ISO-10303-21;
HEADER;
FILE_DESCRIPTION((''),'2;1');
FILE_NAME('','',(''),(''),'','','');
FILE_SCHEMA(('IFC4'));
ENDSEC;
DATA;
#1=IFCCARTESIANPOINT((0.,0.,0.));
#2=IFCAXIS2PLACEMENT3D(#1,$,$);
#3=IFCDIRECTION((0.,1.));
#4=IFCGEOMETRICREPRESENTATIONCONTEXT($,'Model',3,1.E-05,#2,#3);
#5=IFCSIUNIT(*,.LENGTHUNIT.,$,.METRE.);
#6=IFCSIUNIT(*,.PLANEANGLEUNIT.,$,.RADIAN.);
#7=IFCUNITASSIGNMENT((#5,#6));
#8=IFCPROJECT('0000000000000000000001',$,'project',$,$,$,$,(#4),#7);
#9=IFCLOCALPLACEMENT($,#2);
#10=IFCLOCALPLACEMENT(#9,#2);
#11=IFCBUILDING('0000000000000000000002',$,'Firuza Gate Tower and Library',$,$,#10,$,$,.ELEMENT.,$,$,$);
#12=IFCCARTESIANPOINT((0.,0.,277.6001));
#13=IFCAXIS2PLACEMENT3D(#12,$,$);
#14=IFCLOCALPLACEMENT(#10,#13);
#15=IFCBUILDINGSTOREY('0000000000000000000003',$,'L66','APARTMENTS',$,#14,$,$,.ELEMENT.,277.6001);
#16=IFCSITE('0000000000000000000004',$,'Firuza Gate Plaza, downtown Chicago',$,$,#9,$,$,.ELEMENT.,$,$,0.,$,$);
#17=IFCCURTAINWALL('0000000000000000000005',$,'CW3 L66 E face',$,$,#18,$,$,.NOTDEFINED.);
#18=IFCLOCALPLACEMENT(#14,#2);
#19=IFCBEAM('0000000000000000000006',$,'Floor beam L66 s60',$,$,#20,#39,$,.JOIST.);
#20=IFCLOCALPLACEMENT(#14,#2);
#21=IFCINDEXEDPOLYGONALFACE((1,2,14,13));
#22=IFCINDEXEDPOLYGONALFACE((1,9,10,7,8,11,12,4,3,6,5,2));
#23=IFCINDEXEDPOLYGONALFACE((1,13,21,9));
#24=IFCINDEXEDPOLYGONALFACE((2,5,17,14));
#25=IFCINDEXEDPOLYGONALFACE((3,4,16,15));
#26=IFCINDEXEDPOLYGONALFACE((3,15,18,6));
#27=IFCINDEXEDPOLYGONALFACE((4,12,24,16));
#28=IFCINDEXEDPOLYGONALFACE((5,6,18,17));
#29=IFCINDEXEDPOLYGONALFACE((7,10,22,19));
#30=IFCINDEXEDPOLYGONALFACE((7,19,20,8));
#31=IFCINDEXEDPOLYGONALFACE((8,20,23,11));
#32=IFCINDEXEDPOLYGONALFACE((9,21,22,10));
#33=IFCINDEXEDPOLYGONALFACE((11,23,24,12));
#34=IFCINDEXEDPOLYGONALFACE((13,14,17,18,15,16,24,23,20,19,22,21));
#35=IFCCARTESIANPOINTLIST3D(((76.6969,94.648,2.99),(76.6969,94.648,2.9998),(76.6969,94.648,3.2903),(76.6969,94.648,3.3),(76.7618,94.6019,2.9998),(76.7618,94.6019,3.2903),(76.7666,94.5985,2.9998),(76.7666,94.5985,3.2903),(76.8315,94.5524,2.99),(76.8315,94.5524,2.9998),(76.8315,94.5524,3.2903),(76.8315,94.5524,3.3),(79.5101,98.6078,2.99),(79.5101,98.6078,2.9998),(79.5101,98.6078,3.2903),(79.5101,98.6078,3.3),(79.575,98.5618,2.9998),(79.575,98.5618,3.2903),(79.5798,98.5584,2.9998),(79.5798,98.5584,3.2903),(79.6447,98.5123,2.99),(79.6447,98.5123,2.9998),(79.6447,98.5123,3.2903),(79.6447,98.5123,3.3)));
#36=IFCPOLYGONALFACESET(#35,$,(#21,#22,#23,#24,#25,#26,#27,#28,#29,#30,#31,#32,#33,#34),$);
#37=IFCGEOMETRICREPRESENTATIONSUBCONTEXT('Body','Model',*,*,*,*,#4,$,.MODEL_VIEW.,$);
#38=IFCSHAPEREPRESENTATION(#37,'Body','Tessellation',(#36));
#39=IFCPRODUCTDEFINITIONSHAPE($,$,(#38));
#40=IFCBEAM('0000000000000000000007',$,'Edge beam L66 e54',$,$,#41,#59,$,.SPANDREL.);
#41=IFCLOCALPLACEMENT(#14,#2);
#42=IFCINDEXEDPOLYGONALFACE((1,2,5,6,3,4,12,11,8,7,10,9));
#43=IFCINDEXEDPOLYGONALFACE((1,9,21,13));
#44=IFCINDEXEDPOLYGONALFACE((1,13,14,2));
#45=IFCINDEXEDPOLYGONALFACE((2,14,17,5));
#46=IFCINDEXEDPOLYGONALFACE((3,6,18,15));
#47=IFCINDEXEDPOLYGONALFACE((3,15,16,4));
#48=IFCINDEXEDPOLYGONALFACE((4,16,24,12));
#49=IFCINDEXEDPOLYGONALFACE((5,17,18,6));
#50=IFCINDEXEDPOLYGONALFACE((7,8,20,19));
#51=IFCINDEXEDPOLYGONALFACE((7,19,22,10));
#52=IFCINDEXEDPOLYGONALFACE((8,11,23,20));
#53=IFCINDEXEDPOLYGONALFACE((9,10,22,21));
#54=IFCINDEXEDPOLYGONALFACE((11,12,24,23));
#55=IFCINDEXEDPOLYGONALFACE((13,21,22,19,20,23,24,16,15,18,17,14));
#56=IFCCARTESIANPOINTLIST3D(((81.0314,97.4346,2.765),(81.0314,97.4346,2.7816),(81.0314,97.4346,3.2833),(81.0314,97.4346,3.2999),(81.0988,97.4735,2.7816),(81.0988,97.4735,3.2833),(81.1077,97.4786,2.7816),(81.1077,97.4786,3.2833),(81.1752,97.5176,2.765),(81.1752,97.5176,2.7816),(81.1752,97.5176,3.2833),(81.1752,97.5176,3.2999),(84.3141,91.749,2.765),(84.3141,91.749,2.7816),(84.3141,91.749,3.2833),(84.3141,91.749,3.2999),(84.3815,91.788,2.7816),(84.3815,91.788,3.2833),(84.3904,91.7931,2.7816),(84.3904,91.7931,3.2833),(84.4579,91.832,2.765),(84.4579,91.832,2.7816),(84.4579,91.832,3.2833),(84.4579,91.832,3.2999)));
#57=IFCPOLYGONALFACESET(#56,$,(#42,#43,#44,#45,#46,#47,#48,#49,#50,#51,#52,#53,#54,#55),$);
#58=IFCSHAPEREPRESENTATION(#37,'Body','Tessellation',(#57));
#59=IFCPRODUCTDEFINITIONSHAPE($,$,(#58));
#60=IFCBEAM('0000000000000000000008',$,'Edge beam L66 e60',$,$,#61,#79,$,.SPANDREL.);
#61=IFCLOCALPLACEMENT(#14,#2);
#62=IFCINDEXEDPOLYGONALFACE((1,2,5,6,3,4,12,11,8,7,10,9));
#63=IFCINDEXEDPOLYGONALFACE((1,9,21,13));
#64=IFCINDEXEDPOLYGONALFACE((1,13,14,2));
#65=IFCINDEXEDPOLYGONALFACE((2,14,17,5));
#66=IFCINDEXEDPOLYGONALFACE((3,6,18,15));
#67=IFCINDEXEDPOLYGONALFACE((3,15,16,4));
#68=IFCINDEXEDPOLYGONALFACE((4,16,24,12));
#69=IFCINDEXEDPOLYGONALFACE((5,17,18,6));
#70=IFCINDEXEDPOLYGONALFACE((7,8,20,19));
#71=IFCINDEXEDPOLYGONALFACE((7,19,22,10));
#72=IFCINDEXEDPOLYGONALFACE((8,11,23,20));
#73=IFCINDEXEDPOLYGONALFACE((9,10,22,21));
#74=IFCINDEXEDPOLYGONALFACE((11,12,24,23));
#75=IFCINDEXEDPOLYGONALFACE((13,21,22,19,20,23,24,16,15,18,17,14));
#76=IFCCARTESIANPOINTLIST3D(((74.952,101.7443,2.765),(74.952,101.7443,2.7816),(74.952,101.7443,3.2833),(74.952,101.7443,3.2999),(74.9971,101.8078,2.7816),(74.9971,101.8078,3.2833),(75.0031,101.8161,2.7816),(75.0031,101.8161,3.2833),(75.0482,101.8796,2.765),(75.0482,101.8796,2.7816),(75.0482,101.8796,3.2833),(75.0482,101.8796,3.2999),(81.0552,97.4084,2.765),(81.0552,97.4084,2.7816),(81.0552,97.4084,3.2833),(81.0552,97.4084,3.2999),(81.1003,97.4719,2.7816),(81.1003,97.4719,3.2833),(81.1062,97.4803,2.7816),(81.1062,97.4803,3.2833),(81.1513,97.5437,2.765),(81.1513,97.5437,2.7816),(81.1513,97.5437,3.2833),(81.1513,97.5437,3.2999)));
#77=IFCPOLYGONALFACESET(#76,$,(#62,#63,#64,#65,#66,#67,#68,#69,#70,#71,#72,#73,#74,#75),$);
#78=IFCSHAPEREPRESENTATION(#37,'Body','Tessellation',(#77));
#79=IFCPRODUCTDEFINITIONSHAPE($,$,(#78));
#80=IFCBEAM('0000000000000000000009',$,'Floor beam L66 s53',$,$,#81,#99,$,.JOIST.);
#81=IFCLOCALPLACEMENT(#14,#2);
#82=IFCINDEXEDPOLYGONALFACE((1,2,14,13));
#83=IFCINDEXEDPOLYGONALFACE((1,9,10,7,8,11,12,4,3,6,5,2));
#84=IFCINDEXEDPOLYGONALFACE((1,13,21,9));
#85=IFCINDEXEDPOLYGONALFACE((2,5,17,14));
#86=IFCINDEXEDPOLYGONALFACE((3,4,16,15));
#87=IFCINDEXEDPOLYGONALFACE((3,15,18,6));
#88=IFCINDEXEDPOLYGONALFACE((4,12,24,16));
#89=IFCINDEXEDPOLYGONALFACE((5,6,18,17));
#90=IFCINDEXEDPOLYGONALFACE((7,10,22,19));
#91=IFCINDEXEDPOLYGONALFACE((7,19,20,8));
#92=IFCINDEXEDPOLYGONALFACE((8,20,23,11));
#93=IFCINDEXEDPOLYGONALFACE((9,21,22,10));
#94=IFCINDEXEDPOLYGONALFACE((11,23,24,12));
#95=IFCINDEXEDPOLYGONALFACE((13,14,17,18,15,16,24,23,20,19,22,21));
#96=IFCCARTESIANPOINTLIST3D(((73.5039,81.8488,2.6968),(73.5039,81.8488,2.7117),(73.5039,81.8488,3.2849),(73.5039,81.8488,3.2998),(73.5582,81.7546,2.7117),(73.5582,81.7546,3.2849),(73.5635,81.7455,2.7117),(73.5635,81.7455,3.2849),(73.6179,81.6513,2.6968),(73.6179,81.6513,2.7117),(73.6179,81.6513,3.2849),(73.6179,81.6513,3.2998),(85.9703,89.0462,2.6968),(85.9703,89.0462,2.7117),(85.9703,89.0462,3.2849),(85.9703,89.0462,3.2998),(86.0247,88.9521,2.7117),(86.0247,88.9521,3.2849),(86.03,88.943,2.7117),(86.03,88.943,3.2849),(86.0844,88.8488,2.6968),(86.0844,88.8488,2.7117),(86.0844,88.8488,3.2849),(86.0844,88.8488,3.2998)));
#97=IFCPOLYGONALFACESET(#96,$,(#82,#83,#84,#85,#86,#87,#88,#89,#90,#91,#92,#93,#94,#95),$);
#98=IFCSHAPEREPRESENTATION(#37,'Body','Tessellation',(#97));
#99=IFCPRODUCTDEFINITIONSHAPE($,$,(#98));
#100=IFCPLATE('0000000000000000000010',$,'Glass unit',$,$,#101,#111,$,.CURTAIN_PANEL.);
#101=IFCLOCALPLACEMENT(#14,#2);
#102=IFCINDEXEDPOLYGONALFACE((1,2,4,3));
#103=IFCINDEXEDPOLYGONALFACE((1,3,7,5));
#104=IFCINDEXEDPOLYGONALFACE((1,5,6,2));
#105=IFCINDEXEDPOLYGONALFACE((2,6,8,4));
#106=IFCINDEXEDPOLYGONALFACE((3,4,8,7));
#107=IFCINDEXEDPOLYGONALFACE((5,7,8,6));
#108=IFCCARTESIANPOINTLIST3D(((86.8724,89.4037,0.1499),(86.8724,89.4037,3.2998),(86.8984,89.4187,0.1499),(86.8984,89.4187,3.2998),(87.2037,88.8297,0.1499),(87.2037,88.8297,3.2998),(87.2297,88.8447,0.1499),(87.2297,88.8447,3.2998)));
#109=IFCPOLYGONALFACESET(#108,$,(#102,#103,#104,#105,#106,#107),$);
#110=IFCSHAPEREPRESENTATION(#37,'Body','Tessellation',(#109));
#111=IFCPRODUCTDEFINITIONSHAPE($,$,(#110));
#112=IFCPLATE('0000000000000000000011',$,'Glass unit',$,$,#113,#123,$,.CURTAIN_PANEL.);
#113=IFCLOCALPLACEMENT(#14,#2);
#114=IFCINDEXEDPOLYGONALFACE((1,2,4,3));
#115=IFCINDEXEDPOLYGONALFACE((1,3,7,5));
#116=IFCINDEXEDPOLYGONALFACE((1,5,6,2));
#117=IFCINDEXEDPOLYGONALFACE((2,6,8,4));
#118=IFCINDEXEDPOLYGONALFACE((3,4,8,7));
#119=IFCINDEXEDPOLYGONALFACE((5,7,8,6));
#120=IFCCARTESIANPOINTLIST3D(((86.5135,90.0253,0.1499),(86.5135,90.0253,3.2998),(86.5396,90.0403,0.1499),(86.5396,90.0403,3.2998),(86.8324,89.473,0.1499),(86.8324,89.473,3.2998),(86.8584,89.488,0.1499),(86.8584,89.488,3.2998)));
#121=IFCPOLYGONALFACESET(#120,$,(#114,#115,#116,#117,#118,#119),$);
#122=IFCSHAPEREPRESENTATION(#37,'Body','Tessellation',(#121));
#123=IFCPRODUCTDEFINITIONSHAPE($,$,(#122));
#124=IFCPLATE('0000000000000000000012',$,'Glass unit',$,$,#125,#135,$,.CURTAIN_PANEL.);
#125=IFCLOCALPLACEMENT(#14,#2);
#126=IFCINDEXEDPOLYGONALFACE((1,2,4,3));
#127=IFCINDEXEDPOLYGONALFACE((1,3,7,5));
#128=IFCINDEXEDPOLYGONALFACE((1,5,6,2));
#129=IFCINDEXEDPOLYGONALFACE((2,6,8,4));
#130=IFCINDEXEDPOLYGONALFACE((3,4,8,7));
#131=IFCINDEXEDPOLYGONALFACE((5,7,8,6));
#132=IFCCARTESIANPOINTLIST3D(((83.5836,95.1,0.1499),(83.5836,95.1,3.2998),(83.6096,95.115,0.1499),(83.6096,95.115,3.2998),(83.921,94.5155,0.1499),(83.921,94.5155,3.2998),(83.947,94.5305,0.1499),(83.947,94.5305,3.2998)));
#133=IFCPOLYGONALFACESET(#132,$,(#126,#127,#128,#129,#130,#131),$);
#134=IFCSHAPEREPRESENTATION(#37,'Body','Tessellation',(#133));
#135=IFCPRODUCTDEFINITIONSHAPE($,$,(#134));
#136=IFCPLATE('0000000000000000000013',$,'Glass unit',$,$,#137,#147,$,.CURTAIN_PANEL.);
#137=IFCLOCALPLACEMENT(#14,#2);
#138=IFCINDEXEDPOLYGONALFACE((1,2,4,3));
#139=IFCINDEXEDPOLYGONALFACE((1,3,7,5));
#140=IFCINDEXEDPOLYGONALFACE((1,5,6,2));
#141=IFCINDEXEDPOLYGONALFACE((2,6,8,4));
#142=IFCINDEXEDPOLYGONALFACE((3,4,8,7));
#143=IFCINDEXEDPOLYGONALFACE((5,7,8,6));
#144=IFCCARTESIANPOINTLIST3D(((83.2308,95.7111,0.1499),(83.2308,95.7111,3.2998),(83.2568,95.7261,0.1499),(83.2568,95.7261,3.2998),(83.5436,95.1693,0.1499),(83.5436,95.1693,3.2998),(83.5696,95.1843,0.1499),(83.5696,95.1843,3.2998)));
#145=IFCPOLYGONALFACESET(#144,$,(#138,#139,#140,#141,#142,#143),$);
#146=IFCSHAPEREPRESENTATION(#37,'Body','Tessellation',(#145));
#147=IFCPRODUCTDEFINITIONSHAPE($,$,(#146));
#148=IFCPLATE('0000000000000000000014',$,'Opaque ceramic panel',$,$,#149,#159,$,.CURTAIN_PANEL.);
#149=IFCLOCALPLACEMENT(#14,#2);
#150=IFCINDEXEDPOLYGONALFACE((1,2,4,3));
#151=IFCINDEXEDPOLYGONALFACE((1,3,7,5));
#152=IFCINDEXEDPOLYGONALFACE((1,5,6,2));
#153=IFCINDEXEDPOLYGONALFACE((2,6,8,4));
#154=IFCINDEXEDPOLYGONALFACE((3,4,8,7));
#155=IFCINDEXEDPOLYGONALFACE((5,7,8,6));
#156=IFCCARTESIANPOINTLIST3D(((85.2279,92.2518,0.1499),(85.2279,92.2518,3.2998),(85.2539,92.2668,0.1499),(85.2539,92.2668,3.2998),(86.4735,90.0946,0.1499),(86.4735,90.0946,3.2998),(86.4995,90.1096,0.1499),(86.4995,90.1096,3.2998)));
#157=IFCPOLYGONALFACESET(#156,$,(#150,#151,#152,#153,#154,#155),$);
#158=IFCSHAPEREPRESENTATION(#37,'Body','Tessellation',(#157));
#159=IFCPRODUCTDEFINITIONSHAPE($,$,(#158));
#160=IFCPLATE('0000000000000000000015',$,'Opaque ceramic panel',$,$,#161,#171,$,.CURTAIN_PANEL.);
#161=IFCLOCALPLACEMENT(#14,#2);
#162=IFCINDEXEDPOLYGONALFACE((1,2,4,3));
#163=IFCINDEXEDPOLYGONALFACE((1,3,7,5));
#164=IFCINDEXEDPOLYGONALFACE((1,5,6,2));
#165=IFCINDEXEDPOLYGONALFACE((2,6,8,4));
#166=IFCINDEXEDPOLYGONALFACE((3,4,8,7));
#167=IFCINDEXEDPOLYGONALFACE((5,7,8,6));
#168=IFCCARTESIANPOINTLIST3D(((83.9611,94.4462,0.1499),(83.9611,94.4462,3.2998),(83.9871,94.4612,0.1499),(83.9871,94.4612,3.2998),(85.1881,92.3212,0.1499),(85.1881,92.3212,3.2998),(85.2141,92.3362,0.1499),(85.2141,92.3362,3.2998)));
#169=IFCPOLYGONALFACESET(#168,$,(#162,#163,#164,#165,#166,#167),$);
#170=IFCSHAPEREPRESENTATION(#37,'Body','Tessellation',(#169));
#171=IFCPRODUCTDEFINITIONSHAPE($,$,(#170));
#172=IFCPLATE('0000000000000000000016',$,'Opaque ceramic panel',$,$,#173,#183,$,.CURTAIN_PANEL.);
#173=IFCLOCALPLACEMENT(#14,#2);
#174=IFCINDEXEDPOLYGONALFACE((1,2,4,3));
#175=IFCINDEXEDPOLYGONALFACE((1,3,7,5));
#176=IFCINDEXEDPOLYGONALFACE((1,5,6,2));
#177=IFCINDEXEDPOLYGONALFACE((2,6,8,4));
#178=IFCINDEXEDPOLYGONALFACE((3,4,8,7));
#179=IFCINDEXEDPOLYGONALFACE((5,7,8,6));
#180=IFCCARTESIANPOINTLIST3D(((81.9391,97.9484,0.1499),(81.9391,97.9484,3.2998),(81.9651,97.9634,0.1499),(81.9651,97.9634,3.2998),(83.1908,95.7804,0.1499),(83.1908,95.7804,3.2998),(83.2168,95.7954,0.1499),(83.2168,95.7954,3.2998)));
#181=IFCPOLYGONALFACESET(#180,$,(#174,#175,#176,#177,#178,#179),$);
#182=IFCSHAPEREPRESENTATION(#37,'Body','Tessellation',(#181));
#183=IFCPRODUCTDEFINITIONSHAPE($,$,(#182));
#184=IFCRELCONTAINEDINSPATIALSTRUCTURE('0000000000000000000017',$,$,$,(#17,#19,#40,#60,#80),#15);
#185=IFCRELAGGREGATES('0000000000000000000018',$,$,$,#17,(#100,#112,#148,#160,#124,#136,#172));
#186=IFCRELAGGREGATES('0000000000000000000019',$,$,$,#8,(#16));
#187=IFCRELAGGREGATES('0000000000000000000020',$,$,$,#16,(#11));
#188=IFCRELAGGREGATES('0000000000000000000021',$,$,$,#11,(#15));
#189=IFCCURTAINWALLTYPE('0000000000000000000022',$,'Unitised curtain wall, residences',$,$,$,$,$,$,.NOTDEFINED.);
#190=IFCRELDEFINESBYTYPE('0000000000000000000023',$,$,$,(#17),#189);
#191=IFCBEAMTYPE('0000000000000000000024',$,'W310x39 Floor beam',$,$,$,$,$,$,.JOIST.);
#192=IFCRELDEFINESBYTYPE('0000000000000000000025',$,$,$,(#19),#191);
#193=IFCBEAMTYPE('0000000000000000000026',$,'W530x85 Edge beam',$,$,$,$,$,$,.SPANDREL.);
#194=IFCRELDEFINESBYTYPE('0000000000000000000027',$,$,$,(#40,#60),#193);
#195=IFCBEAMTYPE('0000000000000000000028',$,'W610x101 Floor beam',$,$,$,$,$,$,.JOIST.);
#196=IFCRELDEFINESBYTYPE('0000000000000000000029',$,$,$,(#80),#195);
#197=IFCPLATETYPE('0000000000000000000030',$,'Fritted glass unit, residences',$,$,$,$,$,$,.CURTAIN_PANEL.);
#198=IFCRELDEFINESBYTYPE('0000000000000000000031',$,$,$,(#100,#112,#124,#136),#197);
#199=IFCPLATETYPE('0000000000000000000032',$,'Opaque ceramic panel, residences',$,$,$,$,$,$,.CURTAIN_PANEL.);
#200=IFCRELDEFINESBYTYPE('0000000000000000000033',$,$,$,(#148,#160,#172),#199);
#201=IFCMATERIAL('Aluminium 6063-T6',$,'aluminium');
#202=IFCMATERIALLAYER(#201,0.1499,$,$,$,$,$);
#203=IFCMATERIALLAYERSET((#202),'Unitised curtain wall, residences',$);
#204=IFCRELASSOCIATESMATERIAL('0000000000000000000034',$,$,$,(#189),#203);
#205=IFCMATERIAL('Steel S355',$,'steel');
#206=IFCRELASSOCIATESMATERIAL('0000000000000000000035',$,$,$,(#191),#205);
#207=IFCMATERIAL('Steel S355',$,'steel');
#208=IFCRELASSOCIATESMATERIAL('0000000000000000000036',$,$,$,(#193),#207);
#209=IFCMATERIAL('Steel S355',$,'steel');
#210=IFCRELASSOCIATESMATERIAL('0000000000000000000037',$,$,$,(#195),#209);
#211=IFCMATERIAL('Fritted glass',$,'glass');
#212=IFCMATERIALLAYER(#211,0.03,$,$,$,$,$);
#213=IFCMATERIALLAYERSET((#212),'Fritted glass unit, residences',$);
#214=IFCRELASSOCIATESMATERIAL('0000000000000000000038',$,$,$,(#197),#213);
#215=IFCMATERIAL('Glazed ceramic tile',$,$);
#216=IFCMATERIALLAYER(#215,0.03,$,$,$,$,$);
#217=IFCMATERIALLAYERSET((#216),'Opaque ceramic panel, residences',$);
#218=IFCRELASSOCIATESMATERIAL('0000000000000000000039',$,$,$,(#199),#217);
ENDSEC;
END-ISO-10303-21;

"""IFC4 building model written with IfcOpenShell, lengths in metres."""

from ifc_helpers import new_model, si_unit, direction, frame, origin, origin_2d, place, context, subcontext, project, spatial, polyline, i_section, outline, extrude, material, layer, layer_set, material_profile, profile_set, type_object, element, aggregate, save


model = new_model("IFC4")

# Units and contexts
model_context = context("Model", 3, precision=1e-05, world=origin(), true_north=direction((0.0, 1.0)))
body_context = subcontext(model_context, "Body", "Model", "MODEL_VIEW")
ifc_project = project(units=[si_unit("LENGTHUNIT", "METRE"), si_unit("PLANEANGLEUNIT", "RADIAN")], contexts=[model_context])

# Site, building, storey
site_placement = place(None, origin())
site = spatial("IfcSite", under=ifc_project, at=site_placement, Name="Firuza Gate Plaza, downtown Chicago", CompositionType="ELEMENT", RefElevation=0.0)
building_placement = place(site_placement, origin())
building = spatial("IfcBuilding", under=site, at=building_placement, Name="Firuza Gate Tower and Library", CompositionType="ELEMENT")
storey_placement = place(building_placement, frame((0.0, 0.0, 277.6001)))
storey = spatial("IfcBuildingStorey", under=building, at=storey_placement, Name="L66", Description="APARTMENTS", CompositionType="ELEMENT", Elevation=277.6001)

# Curtain wall
ifc_material_1 = material(Name="Aluminium 6063-T6", Category="aluminium")
ifc_layer_1 = layer(ifc_material_1, 0.1499)
ifc_layer_set_1 = layer_set([ifc_layer_1], Name="Unitised curtain wall, residences")
curtain_wall_type = type_object("IfcCurtainWallType", Name="Unitised curtain wall, residences", PredefinedType="NOTDEFINED", material=ifc_layer_set_1)
curtain_wall_placement = place(storey_placement, origin())
curtain_wall = element("IfcCurtainWall", 1, at=curtain_wall_placement, inside=storey, type_object=curtain_wall_type, Name="CW3 L66 E face", PredefinedType="NOTDEFINED")

# Beams
ifc_material_2 = material(Name="Steel S355", Category="steel")
ifc_material_profile_1 = material_profile(ifc_material_2, i_section(OverallWidth=0.165, OverallDepth=0.3101, WebThickness=0.0059, FlangeThickness=0.0098, at=origin_2d()))
ifc_profile_set_1 = profile_set([ifc_material_profile_1], Name="Steel S355")
beam_type_1 = type_object("IfcBeamType", Name="W310x39 Floor beam", PredefinedType="JOIST", material=ifc_profile_set_1)
beam_1_placement = place(storey_placement, frame((79.5774, 98.5601, 3.145), z_axis=(-0.579149, -0.815222, 0.0), x_axis=(0.815222, -0.579149, 0.0)))
element("IfcBeam", 2, at=beam_1_placement, inside=storey, type_object=beam_type_1, Name="Floor beam L66 s60", PredefinedType="JOIST", context=body_context, shape_type="SweptSolid", body=[
    extrude(i_section(OverallWidth=0.165, OverallDepth=0.3101, WebThickness=0.0059, FlangeThickness=0.0098, at=origin_2d()), origin(), (0.0, 0.0, 1.0), 4.8574),
])
ifc_material_3 = material(Name="Steel S355", Category="steel")
ifc_material_profile_2 = material_profile(ifc_material_3, i_section(OverallWidth=0.166, OverallDepth=0.5349, WebThickness=0.0103, FlangeThickness=0.0166, at=origin_2d()))
ifc_profile_set_2 = profile_set([ifc_material_profile_2], Name="Steel S355")
beam_type_2 = type_object("IfcBeamType", Name="W530x85 Edge beam", PredefinedType="SPANDREL", material=ifc_profile_set_2)
beam_2_placement = place(storey_placement, frame((84.386, 91.7905, 3.0325), z_axis=(-0.500019, 0.866015, 0.0), x_axis=(-0.866015, -0.500019, 0.0)))
element("IfcBeam", 3, at=beam_2_placement, inside=storey, type_object=beam_type_2, Name="Edge beam L66 e54", PredefinedType="SPANDREL", context=body_context, shape_type="SweptSolid", body=[
    extrude(i_section(OverallWidth=0.166, OverallDepth=0.5349, WebThickness=0.0103, FlangeThickness=0.0166, at=origin_2d()), origin(), (0.0, 0.0, 1.0), 6.5652),
])
beam_3_placement = place(storey_placement, frame((81.1033, 97.4761, 3.0325), z_axis=(-0.815218, 0.579154, 0.0), x_axis=(-0.579154, -0.815218, 0.0)))
element("IfcBeam", 4, at=beam_3_placement, inside=storey, type_object=beam_type_2, Name="Edge beam L66 e60", PredefinedType="SPANDREL", context=body_context, shape_type="SweptSolid", body=[
    extrude(i_section(OverallWidth=0.166, OverallDepth=0.5349, WebThickness=0.0103, FlangeThickness=0.0166, at=origin_2d()), origin(), (0.0, 0.0, 1.0), 7.4866),
])
ifc_material_4 = material(Name="Steel S355", Category="steel")
ifc_material_profile_3 = material_profile(ifc_material_4, i_section(OverallWidth=0.228, OverallDepth=0.603, WebThickness=0.0105, FlangeThickness=0.0149, at=origin_2d()))
ifc_profile_set_3 = profile_set([ifc_material_profile_3], Name="Steel S355")
beam_type_3 = type_object("IfcBeamType", Name="W610x101 Floor beam", PredefinedType="JOIST", material=ifc_profile_set_3)
beam_4_placement = place(storey_placement, frame((86.0273, 88.9475, 2.9983), z_axis=(-0.866027, -0.499997, 0.0), x_axis=(0.499997, -0.866027, 0.0)))
element("IfcBeam", 5, at=beam_4_placement, inside=storey, type_object=beam_type_3, Name="Floor beam L66 s53", PredefinedType="JOIST", context=body_context, shape_type="SweptSolid", body=[
    extrude(i_section(OverallWidth=0.228, OverallDepth=0.603, WebThickness=0.0105, FlangeThickness=0.0149, at=origin_2d()), origin(), (0.0, 0.0, 1.0), 14.395),
])

# Plates
ifc_material_5 = material(Name="Fritted glass", Category="glass")
ifc_layer_2 = layer(ifc_material_5, 0.03)
ifc_layer_set_2 = layer_set([ifc_layer_2], Name="Fritted glass unit, residences")
plate_type_1 = type_object("IfcPlateType", Name="Fritted glass unit, residences", PredefinedType="CURTAIN_PANEL", material=ifc_layer_set_2)
plate_1_placement = place(storey_placement, frame((87.2297, 88.8447, 0.1499), z_axis=(0.866081, 0.499903, 0.0), x_axis=(-0.499903, 0.866081, 0.0)))
plate_1 = element("IfcPlate", 6, at=plate_1_placement, type_object=plate_type_1, Name="Glass unit", PredefinedType="CURTAIN_PANEL", context=body_context, shape_type="SweptSolid", body=[
    extrude(outline(polyline([(0.0, 0.0), (0.6627, 0.0), (0.6627, 3.1499), (0.0, 3.1499), (0.0, 0.0)])), origin(), (0.0, 0.0, -1.0), 0.03),
])
plate_2_placement = place(storey_placement, frame((86.8584, 89.488, 0.1499), z_axis=(0.86602, 0.50001, 0.0), x_axis=(-0.50001, 0.86602, 0.0)))
plate_2 = element("IfcPlate", 7, at=plate_2_placement, type_object=plate_type_1, Name="Glass unit", PredefinedType="CURTAIN_PANEL", context=body_context, shape_type="SweptSolid", body=[
    extrude(outline(polyline([(0.0, 0.0), (0.6377, 0.0), (0.6377, 3.1499), (0.0, 3.1499), (0.0, 0.0)])), origin(), (0.0, 0.0, -1.0), 0.03),
])
plate_3_placement = place(storey_placement, frame((83.947, 94.5305, 0.1499), z_axis=(0.866053, 0.499952, 0.0), x_axis=(-0.499952, 0.866053, 0.0)))
plate_3 = element("IfcPlate", 8, at=plate_3_placement, type_object=plate_type_1, Name="Glass unit", PredefinedType="CURTAIN_PANEL", context=body_context, shape_type="SweptSolid", body=[
    extrude(outline(polyline([(0.0, 0.0), (0.6749, 0.0), (0.6749, 3.1499), (0.0, 3.1499), (0.0, 0.0)])), origin(), (0.0, 0.0, -1.0), 0.03),
])
plate_4_placement = place(storey_placement, frame((83.5696, 95.1843, 0.1499), z_axis=(0.866049, 0.499959, 0.0), x_axis=(-0.499959, 0.866049, 0.0)))
plate_4 = element("IfcPlate", 9, at=plate_4_placement, type_object=plate_type_1, Name="Glass unit", PredefinedType="CURTAIN_PANEL", context=body_context, shape_type="SweptSolid", body=[
    extrude(outline(polyline([(0.0, 0.0), (0.6255, 0.0), (0.6255, 3.1499), (0.0, 3.1499), (0.0, 0.0)])), origin(), (0.0, 0.0, -1.0), 0.03),
])
ifc_material_6 = material(Name="Glazed ceramic tile")
ifc_layer_3 = layer(ifc_material_6, 0.03)
ifc_layer_set_3 = layer_set([ifc_layer_3], Name="Opaque ceramic panel, residences")
plate_type_2 = type_object("IfcPlateType", Name="Opaque ceramic panel, residences", PredefinedType="CURTAIN_PANEL", material=ifc_layer_set_3)
plate_5_placement = place(storey_placement, frame((86.4995, 90.1096, 0.1499), z_axis=(0.866003, 0.500039, 0.0), x_axis=(-0.500039, 0.866003, 0.0)))
plate_5 = element("IfcPlate", 10, at=plate_5_placement, type_object=plate_type_2, Name="Opaque ceramic panel", PredefinedType="CURTAIN_PANEL", context=body_context, shape_type="SweptSolid", body=[
    extrude(outline(polyline([(0.0, 0.0), (2.491, 0.0), (2.491, 3.1499), (0.0, 3.1499), (0.0, 0.0)])), origin(), (0.0, 0.0, -1.0), 0.03),
])
plate_6_placement = place(storey_placement, frame((85.2141, 92.3362, 0.1499), z_axis=(0.865993, 0.500055, 0.0), x_axis=(-0.500055, 0.865993, 0.0)))
plate_6 = element("IfcPlate", 11, at=plate_6_placement, type_object=plate_type_2, Name="Opaque ceramic panel", PredefinedType="CURTAIN_PANEL", context=body_context, shape_type="SweptSolid", body=[
    extrude(outline(polyline([(0.0, 0.0), (2.4538, 0.0), (2.4538, 3.1499), (0.0, 3.1499), (0.0, 0.0)])), origin(), (0.0, 0.0, -1.0), 0.03),
])
plate_7_placement = place(storey_placement, frame((83.2168, 95.7954, 0.1499), z_axis=(0.86602, 0.500009, 0.0), x_axis=(-0.500009, 0.86602, 0.0)))
plate_7 = element("IfcPlate", 12, at=plate_7_placement, type_object=plate_type_2, Name="Opaque ceramic panel", PredefinedType="CURTAIN_PANEL", context=body_context, shape_type="SweptSolid", body=[
    extrude(outline(polyline([(0.0, 0.0), (2.5034, 0.0), (2.5034, 3.1499), (0.0, 3.1499), (0.0, 0.0)])), origin(), (0.0, 0.0, -1.0), 0.03),
])
aggregate(curtain_wall, [plate_1, plate_2, plate_5, plate_6, plate_3, plate_4, plate_7])

save(model, "model.ifc")
